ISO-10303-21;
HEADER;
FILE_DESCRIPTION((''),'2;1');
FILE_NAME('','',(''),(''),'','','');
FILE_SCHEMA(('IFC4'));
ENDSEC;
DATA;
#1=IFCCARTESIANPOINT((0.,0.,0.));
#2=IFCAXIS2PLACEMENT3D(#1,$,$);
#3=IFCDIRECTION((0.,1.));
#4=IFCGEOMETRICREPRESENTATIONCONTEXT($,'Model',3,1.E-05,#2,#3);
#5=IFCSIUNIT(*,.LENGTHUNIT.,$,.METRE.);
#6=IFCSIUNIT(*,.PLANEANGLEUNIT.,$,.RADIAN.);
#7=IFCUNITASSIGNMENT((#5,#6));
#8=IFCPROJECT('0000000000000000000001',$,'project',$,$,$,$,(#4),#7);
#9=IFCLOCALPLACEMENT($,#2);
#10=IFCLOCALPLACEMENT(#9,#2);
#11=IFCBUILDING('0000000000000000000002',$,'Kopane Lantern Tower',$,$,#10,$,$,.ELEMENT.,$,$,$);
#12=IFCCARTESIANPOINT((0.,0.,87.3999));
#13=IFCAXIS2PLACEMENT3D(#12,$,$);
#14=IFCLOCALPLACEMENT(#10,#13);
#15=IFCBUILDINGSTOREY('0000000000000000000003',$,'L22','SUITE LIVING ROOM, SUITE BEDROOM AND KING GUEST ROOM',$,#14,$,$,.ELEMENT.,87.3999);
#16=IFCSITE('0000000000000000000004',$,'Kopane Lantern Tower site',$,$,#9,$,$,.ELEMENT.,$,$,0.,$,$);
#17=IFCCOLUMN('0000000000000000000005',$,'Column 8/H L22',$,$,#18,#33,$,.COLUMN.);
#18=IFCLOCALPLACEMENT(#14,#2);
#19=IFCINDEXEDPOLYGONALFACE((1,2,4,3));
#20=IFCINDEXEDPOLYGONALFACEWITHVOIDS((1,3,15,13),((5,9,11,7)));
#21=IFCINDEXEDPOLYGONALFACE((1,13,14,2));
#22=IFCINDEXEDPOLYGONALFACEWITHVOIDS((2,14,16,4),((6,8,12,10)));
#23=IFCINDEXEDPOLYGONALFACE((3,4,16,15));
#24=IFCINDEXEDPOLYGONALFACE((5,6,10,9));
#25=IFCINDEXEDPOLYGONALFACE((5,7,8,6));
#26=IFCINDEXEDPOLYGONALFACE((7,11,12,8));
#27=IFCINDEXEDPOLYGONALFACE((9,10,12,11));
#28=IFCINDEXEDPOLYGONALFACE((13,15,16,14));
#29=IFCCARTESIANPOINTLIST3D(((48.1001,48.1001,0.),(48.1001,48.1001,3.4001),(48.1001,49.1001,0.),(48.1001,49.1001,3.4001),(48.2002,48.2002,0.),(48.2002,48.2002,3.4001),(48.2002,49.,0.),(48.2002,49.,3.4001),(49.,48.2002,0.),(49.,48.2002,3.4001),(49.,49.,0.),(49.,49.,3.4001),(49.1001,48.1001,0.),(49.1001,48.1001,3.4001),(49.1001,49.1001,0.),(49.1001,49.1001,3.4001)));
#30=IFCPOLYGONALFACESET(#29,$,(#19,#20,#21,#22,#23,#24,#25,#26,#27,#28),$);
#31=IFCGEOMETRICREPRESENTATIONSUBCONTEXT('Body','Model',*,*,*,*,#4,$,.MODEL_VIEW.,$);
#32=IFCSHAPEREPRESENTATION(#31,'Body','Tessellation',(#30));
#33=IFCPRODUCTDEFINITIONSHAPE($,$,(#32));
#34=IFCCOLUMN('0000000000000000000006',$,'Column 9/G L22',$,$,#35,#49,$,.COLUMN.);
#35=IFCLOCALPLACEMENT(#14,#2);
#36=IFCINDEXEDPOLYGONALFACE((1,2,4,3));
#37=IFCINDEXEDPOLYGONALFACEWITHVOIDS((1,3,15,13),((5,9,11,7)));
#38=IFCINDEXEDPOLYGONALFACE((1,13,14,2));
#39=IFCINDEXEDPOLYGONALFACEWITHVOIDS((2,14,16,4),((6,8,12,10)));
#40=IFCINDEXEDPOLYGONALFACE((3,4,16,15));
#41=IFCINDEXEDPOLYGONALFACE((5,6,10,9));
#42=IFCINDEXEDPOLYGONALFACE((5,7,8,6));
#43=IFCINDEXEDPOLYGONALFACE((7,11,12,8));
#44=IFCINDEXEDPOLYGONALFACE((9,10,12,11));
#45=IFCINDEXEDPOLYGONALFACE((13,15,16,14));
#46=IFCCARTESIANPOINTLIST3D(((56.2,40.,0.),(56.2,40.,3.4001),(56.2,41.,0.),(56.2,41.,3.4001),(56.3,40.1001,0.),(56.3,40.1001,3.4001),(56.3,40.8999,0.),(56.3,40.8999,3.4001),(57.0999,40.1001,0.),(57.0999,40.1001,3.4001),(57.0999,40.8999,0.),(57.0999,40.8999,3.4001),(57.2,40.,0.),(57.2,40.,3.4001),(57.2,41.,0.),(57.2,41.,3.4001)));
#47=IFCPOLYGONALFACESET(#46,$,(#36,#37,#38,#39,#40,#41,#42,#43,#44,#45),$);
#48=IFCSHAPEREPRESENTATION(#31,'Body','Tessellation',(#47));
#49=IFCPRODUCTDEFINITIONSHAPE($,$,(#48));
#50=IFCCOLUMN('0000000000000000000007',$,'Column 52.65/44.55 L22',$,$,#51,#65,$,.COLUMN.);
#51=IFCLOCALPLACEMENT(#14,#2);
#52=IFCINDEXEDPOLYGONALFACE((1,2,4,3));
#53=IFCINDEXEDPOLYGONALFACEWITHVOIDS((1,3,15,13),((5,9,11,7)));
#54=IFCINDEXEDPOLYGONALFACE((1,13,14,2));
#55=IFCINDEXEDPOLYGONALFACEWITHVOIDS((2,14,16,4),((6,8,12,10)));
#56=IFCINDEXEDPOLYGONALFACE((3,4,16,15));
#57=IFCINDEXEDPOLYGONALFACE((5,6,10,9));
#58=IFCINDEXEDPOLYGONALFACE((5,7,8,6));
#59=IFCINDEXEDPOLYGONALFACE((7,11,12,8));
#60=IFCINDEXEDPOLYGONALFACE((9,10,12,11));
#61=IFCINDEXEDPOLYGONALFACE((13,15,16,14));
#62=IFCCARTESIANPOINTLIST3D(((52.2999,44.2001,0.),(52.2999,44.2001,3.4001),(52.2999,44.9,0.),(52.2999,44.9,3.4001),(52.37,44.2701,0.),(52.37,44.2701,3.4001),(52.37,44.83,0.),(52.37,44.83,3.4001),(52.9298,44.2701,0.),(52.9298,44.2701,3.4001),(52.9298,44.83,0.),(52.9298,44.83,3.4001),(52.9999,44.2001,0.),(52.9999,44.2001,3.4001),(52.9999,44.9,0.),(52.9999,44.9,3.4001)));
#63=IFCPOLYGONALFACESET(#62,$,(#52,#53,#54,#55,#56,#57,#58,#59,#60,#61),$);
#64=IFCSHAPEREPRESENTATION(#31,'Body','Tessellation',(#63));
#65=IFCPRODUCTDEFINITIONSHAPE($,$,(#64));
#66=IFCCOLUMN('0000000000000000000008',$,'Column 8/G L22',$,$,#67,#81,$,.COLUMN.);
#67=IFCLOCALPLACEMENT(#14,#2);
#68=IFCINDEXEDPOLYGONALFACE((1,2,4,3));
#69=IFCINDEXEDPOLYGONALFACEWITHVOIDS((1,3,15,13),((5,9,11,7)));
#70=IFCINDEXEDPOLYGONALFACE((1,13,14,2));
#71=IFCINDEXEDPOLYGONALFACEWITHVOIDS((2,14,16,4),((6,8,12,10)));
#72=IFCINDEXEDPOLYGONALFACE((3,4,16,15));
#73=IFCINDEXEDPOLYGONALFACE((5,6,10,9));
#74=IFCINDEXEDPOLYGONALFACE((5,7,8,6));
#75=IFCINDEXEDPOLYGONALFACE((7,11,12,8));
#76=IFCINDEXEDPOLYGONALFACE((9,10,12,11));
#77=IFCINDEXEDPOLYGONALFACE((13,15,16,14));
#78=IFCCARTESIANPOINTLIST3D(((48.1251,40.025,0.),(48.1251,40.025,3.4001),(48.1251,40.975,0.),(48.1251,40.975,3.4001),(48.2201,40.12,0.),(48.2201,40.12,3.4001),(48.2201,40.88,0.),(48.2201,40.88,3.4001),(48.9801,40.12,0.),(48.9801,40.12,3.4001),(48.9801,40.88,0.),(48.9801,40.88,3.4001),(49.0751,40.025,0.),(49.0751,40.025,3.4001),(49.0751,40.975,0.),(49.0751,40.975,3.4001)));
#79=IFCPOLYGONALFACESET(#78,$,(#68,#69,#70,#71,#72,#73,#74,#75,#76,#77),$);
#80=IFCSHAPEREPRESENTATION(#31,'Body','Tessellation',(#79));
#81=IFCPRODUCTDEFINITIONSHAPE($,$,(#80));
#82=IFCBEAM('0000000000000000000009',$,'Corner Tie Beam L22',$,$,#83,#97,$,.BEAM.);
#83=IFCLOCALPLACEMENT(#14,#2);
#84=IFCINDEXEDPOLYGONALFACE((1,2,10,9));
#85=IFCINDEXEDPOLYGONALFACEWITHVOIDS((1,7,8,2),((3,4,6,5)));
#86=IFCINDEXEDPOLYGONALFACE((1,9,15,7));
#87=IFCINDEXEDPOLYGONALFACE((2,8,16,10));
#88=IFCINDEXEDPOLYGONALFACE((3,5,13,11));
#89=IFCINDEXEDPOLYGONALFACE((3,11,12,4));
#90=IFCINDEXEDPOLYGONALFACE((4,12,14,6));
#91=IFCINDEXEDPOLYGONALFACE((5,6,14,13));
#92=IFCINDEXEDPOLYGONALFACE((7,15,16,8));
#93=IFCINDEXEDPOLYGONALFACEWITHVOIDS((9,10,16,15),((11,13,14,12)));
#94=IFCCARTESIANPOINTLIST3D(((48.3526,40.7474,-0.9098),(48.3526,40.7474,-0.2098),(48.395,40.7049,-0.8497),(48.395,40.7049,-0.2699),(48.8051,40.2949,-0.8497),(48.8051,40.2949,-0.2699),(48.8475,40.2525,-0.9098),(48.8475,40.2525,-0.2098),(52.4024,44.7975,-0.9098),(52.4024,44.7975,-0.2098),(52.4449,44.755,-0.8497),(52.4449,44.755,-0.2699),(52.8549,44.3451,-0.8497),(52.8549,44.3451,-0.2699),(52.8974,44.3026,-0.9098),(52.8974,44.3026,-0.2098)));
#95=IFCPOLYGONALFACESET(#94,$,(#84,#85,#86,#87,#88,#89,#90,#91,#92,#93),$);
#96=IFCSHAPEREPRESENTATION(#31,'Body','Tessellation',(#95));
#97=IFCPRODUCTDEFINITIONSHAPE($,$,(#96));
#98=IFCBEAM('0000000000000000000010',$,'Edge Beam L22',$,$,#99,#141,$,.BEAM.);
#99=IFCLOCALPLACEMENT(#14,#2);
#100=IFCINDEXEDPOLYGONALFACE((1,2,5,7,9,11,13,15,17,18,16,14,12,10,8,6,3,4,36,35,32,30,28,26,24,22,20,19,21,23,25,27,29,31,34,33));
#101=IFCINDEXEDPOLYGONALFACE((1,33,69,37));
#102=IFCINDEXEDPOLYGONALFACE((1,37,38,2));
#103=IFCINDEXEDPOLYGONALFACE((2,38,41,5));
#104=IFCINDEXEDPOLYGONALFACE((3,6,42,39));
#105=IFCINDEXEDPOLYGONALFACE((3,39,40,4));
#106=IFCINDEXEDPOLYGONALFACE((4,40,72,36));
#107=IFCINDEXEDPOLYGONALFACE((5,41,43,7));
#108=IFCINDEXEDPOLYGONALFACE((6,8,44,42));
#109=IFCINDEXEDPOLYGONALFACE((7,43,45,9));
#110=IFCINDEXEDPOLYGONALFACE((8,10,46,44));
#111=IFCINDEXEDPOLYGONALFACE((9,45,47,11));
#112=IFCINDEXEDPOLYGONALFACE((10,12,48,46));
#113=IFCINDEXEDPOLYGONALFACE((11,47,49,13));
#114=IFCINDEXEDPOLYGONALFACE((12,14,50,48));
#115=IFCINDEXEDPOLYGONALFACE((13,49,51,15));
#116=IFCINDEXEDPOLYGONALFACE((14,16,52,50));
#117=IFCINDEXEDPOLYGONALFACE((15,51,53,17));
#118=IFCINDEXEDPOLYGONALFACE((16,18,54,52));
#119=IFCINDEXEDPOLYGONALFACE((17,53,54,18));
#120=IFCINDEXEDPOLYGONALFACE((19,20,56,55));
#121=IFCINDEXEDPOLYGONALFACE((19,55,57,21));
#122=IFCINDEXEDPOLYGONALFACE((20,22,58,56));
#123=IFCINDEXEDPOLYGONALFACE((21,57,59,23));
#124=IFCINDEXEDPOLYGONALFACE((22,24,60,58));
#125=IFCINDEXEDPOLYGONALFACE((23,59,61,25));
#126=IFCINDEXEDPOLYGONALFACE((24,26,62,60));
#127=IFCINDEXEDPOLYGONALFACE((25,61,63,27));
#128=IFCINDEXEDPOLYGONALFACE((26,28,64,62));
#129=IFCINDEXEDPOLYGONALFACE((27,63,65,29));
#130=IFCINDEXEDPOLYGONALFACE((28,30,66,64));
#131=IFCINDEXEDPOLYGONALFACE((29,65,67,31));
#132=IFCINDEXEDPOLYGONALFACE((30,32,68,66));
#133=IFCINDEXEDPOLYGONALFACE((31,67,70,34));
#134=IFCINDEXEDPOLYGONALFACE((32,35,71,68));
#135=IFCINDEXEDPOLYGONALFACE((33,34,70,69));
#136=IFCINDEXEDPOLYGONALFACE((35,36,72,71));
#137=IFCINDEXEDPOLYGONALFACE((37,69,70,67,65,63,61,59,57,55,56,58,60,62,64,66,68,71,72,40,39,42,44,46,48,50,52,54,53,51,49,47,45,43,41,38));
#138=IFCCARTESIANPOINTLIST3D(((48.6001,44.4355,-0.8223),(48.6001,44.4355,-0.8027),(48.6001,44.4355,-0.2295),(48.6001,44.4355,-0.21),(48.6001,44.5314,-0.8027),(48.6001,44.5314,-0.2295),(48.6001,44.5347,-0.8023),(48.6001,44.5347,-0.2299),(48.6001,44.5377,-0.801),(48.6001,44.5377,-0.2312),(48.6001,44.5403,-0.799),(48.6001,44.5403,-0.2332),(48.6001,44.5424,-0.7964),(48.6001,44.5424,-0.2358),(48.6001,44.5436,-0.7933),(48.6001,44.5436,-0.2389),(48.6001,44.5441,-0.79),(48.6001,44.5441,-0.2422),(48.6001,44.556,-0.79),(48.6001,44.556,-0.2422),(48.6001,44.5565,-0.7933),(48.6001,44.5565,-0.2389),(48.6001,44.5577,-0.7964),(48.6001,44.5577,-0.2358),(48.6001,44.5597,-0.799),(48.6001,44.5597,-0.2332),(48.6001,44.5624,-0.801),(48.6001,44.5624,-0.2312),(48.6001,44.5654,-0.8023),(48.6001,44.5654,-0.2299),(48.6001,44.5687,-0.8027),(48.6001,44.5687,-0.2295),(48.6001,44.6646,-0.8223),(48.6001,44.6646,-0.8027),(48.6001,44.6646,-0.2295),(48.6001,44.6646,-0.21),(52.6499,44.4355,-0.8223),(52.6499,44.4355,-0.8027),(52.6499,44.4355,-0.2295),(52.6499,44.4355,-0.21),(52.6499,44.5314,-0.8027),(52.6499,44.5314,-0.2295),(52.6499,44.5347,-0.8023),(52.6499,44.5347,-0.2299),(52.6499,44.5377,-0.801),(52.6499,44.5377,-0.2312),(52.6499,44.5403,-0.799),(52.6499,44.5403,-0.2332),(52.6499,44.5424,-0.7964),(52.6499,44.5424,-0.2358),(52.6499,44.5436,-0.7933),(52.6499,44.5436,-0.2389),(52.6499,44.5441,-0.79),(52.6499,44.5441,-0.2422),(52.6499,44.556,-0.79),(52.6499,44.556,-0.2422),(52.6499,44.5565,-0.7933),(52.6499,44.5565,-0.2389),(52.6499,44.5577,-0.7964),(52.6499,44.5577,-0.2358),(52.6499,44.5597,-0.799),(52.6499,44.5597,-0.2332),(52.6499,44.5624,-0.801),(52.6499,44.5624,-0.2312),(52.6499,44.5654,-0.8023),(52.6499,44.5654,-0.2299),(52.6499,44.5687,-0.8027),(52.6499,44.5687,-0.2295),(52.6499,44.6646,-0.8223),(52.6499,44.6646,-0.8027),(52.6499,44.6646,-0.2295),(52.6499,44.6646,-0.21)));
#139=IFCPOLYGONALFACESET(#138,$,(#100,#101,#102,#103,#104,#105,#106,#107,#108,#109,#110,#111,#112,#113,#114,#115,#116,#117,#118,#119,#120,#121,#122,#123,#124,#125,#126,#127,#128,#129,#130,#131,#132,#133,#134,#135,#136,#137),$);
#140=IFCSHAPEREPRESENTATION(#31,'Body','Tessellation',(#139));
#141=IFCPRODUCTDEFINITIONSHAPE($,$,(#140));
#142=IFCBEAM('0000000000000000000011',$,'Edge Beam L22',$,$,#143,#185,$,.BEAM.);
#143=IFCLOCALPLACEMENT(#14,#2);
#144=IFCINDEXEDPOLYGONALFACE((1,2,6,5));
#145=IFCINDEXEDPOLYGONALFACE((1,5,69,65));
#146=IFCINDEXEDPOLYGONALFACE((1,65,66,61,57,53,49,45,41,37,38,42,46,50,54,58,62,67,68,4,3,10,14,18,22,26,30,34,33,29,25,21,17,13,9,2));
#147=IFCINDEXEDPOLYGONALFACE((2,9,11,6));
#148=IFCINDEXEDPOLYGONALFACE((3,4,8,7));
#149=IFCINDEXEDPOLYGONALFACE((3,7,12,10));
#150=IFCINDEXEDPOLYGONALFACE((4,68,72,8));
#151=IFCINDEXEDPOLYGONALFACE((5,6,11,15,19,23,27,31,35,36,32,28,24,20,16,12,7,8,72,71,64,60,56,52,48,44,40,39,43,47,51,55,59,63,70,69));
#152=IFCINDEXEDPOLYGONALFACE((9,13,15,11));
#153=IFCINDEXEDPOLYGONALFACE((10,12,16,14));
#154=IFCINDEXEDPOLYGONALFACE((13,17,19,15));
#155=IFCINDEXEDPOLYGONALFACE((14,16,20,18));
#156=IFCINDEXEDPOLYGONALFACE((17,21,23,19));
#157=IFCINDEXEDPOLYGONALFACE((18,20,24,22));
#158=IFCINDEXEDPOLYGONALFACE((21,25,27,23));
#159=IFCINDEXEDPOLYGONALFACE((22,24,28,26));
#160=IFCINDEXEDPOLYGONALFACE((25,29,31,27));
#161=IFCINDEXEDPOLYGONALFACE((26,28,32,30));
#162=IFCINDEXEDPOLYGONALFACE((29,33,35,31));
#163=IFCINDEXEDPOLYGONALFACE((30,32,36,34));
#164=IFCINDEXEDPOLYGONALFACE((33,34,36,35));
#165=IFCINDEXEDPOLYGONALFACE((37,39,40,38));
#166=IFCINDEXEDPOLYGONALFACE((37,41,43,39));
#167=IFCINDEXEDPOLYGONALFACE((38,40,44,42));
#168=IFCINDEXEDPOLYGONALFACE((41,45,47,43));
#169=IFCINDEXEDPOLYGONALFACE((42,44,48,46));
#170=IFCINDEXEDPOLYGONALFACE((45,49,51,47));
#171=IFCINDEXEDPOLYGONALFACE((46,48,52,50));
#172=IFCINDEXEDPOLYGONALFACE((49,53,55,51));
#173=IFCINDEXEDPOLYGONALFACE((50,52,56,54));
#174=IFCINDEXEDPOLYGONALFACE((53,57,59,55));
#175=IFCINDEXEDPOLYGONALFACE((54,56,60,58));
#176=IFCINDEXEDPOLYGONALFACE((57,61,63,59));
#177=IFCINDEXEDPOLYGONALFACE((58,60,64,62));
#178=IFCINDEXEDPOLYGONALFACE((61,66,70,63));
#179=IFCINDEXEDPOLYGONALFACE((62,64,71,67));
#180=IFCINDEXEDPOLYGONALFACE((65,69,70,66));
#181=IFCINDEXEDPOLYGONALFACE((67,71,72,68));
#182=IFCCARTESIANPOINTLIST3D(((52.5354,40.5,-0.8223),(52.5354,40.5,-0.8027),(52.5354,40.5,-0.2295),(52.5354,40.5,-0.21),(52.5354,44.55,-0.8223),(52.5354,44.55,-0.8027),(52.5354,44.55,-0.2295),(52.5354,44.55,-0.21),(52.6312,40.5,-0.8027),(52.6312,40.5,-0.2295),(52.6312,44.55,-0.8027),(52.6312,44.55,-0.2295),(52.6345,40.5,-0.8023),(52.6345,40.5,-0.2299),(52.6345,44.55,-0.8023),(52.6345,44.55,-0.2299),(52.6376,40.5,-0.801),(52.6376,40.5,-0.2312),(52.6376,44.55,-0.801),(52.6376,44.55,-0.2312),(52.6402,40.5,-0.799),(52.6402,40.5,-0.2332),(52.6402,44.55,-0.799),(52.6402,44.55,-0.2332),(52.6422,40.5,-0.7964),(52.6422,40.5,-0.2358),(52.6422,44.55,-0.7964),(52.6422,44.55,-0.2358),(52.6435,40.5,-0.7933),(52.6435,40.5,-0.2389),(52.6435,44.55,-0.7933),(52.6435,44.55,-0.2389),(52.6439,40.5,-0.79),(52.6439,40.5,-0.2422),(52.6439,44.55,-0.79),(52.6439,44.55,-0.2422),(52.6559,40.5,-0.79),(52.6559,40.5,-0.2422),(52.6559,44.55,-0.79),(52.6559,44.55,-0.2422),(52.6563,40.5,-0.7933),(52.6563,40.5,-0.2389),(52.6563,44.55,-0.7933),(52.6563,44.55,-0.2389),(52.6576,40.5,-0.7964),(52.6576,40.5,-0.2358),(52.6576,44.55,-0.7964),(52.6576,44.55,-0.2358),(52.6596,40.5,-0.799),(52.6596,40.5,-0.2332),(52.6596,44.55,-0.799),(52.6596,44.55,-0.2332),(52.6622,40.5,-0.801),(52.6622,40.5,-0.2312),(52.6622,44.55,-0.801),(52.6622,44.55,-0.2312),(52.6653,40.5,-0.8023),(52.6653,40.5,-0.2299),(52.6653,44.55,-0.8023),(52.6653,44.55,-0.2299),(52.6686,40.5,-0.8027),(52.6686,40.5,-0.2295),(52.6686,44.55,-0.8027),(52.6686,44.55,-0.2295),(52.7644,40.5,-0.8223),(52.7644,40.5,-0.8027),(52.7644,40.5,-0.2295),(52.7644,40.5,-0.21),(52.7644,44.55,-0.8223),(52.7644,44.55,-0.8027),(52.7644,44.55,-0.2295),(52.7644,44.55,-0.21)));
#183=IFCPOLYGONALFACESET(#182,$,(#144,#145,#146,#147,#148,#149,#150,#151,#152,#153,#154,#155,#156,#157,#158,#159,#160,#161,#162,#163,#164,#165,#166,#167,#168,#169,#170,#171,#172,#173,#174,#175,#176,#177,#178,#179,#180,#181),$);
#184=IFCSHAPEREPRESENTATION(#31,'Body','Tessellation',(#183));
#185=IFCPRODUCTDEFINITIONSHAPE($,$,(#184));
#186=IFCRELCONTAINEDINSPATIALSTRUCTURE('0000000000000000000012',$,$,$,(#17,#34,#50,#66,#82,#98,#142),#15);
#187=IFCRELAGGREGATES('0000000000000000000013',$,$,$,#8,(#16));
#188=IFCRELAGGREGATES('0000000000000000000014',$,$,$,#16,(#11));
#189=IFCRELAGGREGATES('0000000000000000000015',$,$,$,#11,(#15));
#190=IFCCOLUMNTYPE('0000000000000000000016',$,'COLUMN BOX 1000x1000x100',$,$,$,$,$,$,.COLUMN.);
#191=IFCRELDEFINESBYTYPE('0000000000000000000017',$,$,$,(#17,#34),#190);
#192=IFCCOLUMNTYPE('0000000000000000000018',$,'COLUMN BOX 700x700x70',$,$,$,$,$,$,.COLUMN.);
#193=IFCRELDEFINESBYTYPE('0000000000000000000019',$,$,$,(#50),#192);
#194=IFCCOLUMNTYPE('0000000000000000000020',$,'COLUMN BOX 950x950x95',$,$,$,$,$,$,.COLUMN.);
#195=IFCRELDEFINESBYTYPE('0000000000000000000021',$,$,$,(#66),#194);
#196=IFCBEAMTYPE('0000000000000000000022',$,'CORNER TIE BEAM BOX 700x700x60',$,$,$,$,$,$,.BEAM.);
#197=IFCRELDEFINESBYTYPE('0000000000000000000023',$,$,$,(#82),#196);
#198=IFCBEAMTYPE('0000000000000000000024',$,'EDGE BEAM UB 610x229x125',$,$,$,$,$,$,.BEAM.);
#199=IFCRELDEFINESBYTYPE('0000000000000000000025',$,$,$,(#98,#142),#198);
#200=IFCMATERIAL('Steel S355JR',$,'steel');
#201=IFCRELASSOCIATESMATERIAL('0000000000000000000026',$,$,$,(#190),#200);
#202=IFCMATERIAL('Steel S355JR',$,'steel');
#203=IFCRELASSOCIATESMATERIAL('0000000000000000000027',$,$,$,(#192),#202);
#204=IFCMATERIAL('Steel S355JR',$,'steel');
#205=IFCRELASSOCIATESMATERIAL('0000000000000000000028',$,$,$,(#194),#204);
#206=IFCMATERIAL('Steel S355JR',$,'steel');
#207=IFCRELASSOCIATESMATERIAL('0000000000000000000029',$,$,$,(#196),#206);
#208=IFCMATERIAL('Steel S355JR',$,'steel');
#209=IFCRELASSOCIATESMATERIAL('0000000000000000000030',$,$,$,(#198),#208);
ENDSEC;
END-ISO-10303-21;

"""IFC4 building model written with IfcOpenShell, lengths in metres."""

from ifc_helpers import new_model, si_unit, direction, frame, origin, origin_2d, place, context, subcontext, project, spatial, hollow_rectangle, i_section, extrude, material, material_profile, profile_set, type_object, element, save


model = new_model("IFC4")

# Units and contexts
model_context = context("Model", 3, precision=1e-05, world=origin(), true_north=direction((0.0, 1.0)))
body_context = subcontext(model_context, "Body", "Model", "MODEL_VIEW")
ifc_project = project(units=[si_unit("LENGTHUNIT", "METRE"), si_unit("PLANEANGLEUNIT", "RADIAN")], contexts=[model_context])

# Site, building, storey
site_placement = place(None, origin())
site = spatial("IfcSite", under=ifc_project, at=site_placement, Name="Kopane Lantern Tower site", CompositionType="ELEMENT", RefElevation=0.0)
building_placement = place(site_placement, origin())
building = spatial("IfcBuilding", under=site, at=building_placement, Name="Kopane Lantern Tower", CompositionType="ELEMENT")
storey_placement = place(building_placement, frame((0.0, 0.0, 87.3999)))
storey = spatial("IfcBuildingStorey", under=building, at=storey_placement, Name="L22", Description="SUITE LIVING ROOM, SUITE BEDROOM AND KING GUEST ROOM", CompositionType="ELEMENT", Elevation=87.3999)

# Columns
ifc_material_1 = material(Name="Steel S355JR", Category="steel")
ifc_material_profile_1 = material_profile(ifc_material_1, hollow_rectangle(XDim=1.0, YDim=1.0, WallThickness=0.1001, at=origin_2d()), Name="BOX 1000x1000x100")
ifc_profile_set_1 = profile_set([ifc_material_profile_1], Name="Steel S355JR")
column_type_1 = type_object("IfcColumnType", Name="COLUMN BOX 1000x1000x100", PredefinedType="COLUMN", material=ifc_profile_set_1)
for number, where, z_axis, x_axis, name in (
    (1, (48.6001, 48.6001, 0.0), (0.0, 0.0, 1.0), (1.0, 0.0, 0.0), "Column 8/H L22"),
    (2, (56.7, 40.5, 0.0), (0.0, 0.0, 1.0), (1.0, 0.0, 0.0), "Column 9/G L22"),
):
    element("IfcColumn", number, at=place(storey_placement, frame(where, z_axis=z_axis, x_axis=x_axis)), inside=storey, type_object=column_type_1, Name=name, PredefinedType="COLUMN", context=body_context, shape_type="SweptSolid", body=[
        extrude(hollow_rectangle(XDim=1.0, YDim=1.0, WallThickness=0.1001, at=origin_2d()), origin(), (0.0, 0.0, 1.0), 3.4001),
    ])
ifc_material_2 = material(Name="Steel S355JR", Category="steel")
ifc_material_profile_2 = material_profile(ifc_material_2, hollow_rectangle(XDim=0.7, YDim=0.7, WallThickness=0.0701, at=origin_2d()), Name="BOX 700x700x70")
ifc_profile_set_2 = profile_set([ifc_material_profile_2], Name="Steel S355JR")
column_type_2 = type_object("IfcColumnType", Name="COLUMN BOX 700x700x70", PredefinedType="COLUMN", material=ifc_profile_set_2)
column_1_placement = place(storey_placement, frame((52.6499, 44.55, 0.0), z_axis=(0.0, 0.0, 1.0), x_axis=(1.0, 0.0, 0.0)))
element("IfcColumn", 3, at=column_1_placement, inside=storey, type_object=column_type_2, Name="Column 52.65/44.55 L22", PredefinedType="COLUMN", context=body_context, shape_type="SweptSolid", body=[
    extrude(hollow_rectangle(XDim=0.7, YDim=0.7, WallThickness=0.0701, at=origin_2d()), origin(), (0.0, 0.0, 1.0), 3.4001),
])
ifc_material_3 = material(Name="Steel S355JR", Category="steel")
ifc_material_profile_3 = material_profile(ifc_material_3, hollow_rectangle(XDim=0.95, YDim=0.95, WallThickness=0.095, at=origin_2d()), Name="BOX 950x950x95")
ifc_profile_set_3 = profile_set([ifc_material_profile_3], Name="Steel S355JR")
column_type_3 = type_object("IfcColumnType", Name="COLUMN BOX 950x950x95", PredefinedType="COLUMN", material=ifc_profile_set_3)
column_2_placement = place(storey_placement, frame((48.6001, 40.5, 0.0), z_axis=(0.0, 0.0, 1.0), x_axis=(1.0, 0.0, 0.0)))
element("IfcColumn", 4, at=column_2_placement, inside=storey, type_object=column_type_3, Name="Column 8/G L22", PredefinedType="COLUMN", context=body_context, shape_type="SweptSolid", body=[
    extrude(hollow_rectangle(XDim=0.95, YDim=0.95, WallThickness=0.095, at=origin_2d()), origin(), (0.0, 0.0, 1.0), 3.4001),
])

# Beams
ifc_material_4 = material(Name="Steel S355JR", Category="steel")
ifc_material_profile_4 = material_profile(ifc_material_4, hollow_rectangle(XDim=0.7, YDim=0.7, WallThickness=0.0601, at=origin_2d()), Name="BOX 700x700x60")
ifc_profile_set_4 = profile_set([ifc_material_profile_4], Name="Steel S355JR")
beam_type_1 = type_object("IfcBeamType", Name="CORNER TIE BEAM BOX 700x700x60", PredefinedType="BEAM", material=ifc_profile_set_4)
beam_1_placement = place(storey_placement, frame((52.6499, 44.55, -0.5598), z_axis=(-0.707085, -0.707128, 0.0), x_axis=(0.707128, -0.707085, 0.0)))
element("IfcBeam", 5, at=beam_1_placement, inside=storey, type_object=beam_type_1, Name="Corner Tie Beam L22", PredefinedType="BEAM", context=body_context, shape_type="SweptSolid", body=[
    extrude(hollow_rectangle(XDim=0.7, YDim=0.7, WallThickness=0.0601, at=origin_2d()), origin(), (0.0, 0.0, 1.0), 5.7275),
])
ifc_material_5 = material(Name="Steel S355JR", Category="steel")
ifc_material_profile_5 = material_profile(ifc_material_5, i_section(OverallWidth=0.229, OverallDepth=0.6123, WebThickness=0.012, FlangeThickness=0.0195, FilletRadius=0.0127, at=origin_2d()), Name="UB 610x229x125")
ifc_profile_set_5 = profile_set([ifc_material_profile_5], Name="Steel S355JR")
beam_type_2 = type_object("IfcBeamType", Name="EDGE BEAM UB 610x229x125", PredefinedType="BEAM", material=ifc_profile_set_5)
beam_2_placement = place(storey_placement, frame((52.6499, 44.55, -0.5161), z_axis=(-1.0, 0.0, 0.0), x_axis=(0.0, -1.0, 0.0)))
element("IfcBeam", 6, at=beam_2_placement, inside=storey, type_object=beam_type_2, Name="Edge Beam L22", PredefinedType="BEAM", context=body_context, shape_type="SweptSolid", body=[
    extrude(i_section(OverallWidth=0.229, OverallDepth=0.6123, WebThickness=0.012, FlangeThickness=0.0195, FilletRadius=0.0127, at=origin_2d()), origin(), (0.0, 0.0, 1.0), 4.0498),
])
beam_3_placement = place(storey_placement, frame((52.6499, 44.55, -0.5161), z_axis=(0.0, -1.0, 0.0), x_axis=(1.0, 0.0, 0.0)))
element("IfcBeam", 7, at=beam_3_placement, inside=storey, type_object=beam_type_2, Name="Edge Beam L22", PredefinedType="BEAM", context=body_context, shape_type="SweptSolid", body=[
    extrude(i_section(OverallWidth=0.229, OverallDepth=0.6123, WebThickness=0.012, FlangeThickness=0.0195, FilletRadius=0.0127, at=origin_2d()), origin(), (0.0, 0.0, 1.0), 4.05),
])

save(model, "model.ifc")
